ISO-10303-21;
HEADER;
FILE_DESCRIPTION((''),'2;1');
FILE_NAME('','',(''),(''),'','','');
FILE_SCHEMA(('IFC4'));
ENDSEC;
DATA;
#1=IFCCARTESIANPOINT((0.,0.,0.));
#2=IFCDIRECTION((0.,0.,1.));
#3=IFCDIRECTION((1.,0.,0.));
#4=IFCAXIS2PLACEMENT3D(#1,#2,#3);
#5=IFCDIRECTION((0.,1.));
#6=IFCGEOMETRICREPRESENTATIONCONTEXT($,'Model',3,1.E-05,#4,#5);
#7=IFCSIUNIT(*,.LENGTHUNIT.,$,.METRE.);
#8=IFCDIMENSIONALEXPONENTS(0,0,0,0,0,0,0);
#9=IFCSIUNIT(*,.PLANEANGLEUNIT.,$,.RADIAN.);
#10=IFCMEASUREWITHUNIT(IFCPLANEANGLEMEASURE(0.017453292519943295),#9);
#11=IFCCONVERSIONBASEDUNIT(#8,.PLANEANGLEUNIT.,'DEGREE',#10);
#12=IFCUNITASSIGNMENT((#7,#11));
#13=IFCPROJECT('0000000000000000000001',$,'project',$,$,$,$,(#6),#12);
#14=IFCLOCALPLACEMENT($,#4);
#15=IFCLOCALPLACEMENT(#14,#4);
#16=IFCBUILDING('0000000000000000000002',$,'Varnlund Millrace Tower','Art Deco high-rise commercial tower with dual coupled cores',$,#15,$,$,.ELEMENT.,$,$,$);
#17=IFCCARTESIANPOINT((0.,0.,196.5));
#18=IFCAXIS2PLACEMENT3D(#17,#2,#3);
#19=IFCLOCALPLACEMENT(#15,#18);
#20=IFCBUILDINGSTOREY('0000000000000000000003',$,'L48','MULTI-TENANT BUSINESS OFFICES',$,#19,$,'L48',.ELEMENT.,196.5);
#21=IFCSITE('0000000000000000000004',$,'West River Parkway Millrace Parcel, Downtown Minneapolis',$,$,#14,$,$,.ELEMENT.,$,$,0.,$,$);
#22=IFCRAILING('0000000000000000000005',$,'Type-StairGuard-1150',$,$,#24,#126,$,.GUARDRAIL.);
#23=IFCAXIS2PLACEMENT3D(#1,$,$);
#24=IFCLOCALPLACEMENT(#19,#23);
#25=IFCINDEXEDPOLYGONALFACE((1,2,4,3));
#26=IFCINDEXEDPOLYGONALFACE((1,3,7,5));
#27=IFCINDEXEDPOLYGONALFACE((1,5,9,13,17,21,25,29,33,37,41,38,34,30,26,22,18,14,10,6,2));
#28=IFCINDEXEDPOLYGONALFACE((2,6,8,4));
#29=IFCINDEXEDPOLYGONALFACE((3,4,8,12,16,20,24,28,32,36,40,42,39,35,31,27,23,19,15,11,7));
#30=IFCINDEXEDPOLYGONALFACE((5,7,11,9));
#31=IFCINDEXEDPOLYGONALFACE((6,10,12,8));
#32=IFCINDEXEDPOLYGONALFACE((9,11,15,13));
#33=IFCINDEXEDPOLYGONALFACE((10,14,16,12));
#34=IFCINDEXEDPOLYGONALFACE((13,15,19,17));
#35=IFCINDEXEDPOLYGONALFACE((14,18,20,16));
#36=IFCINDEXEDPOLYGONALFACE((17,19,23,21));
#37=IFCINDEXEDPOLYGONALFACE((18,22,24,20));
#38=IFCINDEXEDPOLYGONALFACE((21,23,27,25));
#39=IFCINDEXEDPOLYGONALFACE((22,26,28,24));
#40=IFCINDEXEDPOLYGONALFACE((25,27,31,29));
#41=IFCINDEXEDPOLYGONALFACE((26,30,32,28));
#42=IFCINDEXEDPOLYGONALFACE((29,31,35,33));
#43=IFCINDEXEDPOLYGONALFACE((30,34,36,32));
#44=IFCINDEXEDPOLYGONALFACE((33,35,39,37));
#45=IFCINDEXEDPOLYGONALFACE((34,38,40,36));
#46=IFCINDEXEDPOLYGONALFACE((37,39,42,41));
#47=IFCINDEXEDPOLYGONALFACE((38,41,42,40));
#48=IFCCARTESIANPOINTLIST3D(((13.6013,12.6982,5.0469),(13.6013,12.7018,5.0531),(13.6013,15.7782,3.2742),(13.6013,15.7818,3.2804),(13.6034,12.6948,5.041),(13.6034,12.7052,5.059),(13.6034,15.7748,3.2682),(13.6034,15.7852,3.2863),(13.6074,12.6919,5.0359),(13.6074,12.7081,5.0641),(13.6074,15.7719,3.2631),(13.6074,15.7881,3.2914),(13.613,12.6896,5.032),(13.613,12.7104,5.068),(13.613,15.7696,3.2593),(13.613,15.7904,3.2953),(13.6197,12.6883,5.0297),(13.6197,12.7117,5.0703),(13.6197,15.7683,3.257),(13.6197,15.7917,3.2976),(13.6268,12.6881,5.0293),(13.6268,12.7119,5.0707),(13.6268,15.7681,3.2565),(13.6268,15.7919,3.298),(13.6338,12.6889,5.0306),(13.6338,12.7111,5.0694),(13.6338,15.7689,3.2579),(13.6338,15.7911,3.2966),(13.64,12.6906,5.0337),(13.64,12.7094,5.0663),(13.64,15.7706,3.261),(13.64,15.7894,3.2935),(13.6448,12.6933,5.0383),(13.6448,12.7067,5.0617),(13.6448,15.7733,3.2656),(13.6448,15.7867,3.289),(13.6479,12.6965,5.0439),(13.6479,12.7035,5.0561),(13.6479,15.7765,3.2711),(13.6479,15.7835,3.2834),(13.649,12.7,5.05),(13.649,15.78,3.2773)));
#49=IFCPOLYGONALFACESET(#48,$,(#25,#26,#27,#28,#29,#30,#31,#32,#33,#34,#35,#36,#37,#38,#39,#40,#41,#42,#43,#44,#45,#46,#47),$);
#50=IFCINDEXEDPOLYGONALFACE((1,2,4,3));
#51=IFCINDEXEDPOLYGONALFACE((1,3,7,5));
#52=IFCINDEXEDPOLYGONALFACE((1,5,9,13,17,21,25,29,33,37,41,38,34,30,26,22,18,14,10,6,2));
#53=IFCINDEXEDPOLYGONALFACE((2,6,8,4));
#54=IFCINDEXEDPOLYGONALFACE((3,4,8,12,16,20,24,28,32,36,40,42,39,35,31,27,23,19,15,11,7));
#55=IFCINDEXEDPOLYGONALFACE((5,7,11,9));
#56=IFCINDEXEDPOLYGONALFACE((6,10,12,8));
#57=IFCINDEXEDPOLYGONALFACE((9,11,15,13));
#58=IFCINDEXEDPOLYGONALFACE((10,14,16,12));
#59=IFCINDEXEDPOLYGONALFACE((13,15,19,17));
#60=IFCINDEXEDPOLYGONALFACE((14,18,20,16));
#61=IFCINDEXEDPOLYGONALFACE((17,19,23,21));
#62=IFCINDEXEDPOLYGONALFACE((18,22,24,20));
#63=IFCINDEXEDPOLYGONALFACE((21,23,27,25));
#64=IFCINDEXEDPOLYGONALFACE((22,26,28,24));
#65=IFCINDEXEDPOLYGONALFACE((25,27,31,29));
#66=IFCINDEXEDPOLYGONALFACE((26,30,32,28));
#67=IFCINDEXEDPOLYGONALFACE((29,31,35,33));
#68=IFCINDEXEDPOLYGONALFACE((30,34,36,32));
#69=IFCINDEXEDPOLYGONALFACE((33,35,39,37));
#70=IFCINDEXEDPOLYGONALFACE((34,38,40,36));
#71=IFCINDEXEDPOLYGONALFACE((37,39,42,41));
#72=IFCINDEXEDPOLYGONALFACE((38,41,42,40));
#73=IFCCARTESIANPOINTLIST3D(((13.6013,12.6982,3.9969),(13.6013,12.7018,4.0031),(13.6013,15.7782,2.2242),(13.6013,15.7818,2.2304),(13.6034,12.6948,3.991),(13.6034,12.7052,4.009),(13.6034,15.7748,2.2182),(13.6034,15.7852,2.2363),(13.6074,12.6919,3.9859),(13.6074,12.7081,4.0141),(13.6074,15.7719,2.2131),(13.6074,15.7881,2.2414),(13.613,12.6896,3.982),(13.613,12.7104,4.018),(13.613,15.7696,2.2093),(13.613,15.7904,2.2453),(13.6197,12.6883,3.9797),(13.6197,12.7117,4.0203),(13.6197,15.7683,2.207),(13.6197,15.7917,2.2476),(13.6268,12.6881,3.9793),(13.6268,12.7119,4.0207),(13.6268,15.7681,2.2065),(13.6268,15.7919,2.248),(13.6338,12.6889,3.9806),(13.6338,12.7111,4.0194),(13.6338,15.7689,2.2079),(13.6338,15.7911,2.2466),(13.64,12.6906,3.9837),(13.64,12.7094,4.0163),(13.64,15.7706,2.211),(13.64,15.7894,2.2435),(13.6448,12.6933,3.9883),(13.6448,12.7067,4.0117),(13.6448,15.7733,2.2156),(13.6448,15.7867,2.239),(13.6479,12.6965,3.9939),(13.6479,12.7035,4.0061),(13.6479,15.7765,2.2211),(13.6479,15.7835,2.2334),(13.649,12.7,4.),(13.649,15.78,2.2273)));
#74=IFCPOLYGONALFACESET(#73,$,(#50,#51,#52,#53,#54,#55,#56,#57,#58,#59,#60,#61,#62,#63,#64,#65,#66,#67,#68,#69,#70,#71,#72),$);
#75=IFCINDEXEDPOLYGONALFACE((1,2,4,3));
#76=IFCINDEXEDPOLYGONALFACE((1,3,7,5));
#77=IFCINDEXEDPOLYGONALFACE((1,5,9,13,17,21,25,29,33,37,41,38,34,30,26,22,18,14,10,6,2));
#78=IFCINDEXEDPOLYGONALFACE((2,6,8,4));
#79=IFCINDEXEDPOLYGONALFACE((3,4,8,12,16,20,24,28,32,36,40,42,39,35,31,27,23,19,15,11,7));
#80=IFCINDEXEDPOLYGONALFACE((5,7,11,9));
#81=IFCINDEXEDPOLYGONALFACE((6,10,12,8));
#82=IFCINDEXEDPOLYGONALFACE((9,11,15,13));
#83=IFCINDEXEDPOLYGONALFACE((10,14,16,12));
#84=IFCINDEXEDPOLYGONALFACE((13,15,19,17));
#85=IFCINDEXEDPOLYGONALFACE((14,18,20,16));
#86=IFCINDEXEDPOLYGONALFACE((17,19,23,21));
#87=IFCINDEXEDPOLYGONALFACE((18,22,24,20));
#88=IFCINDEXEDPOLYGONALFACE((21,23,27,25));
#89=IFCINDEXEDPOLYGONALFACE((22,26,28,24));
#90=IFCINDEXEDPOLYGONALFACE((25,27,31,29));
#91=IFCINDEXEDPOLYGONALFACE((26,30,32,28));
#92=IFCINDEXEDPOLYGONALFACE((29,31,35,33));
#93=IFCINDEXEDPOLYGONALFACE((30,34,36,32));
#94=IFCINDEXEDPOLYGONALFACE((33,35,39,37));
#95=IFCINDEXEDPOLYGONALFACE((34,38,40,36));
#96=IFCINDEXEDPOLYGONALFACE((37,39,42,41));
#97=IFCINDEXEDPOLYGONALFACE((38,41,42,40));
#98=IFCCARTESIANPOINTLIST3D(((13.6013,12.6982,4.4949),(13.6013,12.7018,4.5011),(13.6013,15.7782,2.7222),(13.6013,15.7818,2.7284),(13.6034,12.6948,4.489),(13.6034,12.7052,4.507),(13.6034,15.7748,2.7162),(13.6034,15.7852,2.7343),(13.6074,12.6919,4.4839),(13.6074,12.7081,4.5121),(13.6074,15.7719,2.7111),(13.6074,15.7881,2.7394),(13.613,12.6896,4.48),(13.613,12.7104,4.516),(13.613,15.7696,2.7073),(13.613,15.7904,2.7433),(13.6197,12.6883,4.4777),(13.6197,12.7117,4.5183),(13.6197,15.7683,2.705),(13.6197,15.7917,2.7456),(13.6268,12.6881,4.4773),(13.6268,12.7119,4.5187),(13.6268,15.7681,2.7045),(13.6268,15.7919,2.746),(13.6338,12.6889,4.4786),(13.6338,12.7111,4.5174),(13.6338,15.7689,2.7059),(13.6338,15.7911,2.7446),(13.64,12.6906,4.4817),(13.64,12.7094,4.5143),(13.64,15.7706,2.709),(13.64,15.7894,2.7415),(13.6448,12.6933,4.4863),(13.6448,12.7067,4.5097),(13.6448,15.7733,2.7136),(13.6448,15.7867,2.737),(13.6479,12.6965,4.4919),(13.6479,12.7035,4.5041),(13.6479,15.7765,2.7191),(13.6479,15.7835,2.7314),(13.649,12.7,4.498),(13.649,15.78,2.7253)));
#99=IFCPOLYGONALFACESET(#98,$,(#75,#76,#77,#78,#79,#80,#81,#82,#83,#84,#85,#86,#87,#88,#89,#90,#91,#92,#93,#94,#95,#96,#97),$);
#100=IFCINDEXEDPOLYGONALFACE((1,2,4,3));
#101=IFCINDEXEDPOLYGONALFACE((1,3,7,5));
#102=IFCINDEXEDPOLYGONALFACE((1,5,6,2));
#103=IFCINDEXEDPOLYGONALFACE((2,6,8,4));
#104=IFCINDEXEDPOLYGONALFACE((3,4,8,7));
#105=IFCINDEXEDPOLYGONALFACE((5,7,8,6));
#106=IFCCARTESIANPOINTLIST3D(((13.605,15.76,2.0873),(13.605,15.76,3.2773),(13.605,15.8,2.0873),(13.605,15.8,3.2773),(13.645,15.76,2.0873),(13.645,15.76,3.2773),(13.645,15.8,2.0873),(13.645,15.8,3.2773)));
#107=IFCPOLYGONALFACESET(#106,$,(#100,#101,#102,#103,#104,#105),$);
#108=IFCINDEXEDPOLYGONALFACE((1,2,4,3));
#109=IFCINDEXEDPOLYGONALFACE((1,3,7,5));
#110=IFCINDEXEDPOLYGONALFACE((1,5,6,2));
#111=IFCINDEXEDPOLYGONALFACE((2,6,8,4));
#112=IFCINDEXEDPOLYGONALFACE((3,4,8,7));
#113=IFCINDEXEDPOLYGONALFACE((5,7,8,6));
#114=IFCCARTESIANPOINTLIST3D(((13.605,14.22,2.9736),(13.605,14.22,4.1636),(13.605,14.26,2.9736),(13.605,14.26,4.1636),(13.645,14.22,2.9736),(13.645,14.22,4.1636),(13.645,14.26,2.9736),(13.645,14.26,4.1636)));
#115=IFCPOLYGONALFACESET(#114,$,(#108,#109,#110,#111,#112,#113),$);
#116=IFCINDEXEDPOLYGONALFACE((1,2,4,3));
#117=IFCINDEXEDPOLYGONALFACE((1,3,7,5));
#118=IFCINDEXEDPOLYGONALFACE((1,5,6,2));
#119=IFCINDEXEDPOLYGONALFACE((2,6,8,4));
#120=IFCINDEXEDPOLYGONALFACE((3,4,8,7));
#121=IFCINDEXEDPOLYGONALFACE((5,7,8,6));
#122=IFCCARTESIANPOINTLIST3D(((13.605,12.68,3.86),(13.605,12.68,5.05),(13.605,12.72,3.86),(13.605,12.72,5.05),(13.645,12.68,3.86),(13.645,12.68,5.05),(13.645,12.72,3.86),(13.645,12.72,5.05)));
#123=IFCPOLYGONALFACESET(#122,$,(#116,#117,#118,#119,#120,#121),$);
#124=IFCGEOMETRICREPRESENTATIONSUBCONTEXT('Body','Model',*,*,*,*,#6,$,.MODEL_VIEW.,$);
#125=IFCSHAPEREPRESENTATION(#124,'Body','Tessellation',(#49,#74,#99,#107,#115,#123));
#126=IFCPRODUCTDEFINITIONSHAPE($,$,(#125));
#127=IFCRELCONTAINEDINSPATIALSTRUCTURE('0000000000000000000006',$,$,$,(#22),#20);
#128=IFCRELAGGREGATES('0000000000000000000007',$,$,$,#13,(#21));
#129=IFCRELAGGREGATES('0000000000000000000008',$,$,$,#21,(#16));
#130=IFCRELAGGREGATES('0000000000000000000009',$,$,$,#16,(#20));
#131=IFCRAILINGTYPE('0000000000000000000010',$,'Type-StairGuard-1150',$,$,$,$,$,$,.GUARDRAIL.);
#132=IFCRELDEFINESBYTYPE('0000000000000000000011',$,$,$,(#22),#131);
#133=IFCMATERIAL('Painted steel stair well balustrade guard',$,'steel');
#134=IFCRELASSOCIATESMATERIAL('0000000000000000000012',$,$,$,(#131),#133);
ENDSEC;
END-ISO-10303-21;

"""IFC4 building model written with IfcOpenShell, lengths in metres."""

from ifc_helpers import new_model, entity, si_unit, converted_unit, direction, frame, origin_with_axes, origin_2d_with_axis, place, context, subcontext, project, spatial, rectangle, circle, extrude, material, type_object, element, save


model = new_model("IFC4")

# Units and contexts
model_context = context("Model", 3, precision=1e-05, world=origin_with_axes(), true_north=direction((0.0, 1.0)))
body_context = subcontext(model_context, "Body", "Model", "MODEL_VIEW")
ifc_project = project(units=[si_unit("LENGTHUNIT", "METRE"), converted_unit("PLANEANGLEUNIT", "DEGREE", entity("IfcPlaneAngleMeasure", 0.017453292519943295), si_unit("PLANEANGLEUNIT", "RADIAN"), dimensions=[0, 0, 0, 0, 0, 0, 0])], contexts=[model_context])

# Site, building, storey
site_placement = place(None, origin_with_axes())
site = spatial("IfcSite", under=ifc_project, at=site_placement, Name="West River Parkway Millrace Parcel, Downtown Minneapolis", CompositionType="ELEMENT", RefElevation=0.0)
building_placement = place(site_placement, origin_with_axes())
building = spatial("IfcBuilding", under=site, at=building_placement, Name="Varnlund Millrace Tower", Description="Art Deco high-rise commercial tower with dual coupled cores", CompositionType="ELEMENT")
storey_placement = place(building_placement, frame((0.0, 0.0, 196.5), z_axis=(0.0, 0.0, 1.0), x_axis=(1.0, 0.0, 0.0)))
storey = spatial("IfcBuildingStorey", under=building, at=storey_placement, Name="L48", Description="MULTI-TENANT BUSINESS OFFICES", LongName="L48", CompositionType="ELEMENT", Elevation=196.5)

# Railing
ifc_material_1 = material(Name="Painted steel stair well balustrade guard", Category="steel")
railing_type_1 = type_object("IfcRailingType", Name="Type-StairGuard-1150", PredefinedType="GUARDRAIL", material=ifc_material_1)
railing_1_placement = place(storey_placement, frame((0.0, 0.0, -196.5), z_axis=(0.0, 0.0, 1.0), x_axis=(1.0, 0.0, 0.0)))
element("IfcRailing", 1, at=railing_1_placement, inside=storey, type_object=railing_type_1, Name="Type-StairGuard-1150", PredefinedType="GUARDRAIL", context=body_context, shape_type="SweptSolid", body=[
    extrude(circle(Radius=0.024, at=origin_2d_with_axis()), frame((13.625, 15.78, 199.7773), z_axis=(0.0, -0.866696, 0.498836), x_axis=(1.0, 0.0, 0.0)), (0.0, 0.0, 1.0), 3.5537),
    extrude(circle(Radius=0.024, at=origin_2d_with_axis()), frame((13.625, 15.78, 198.7273), z_axis=(0.0, -0.866696, 0.498836), x_axis=(1.0, 0.0, 0.0)), (0.0, 0.0, 1.0), 3.5537),
    extrude(circle(Radius=0.024, at=origin_2d_with_axis()), frame((13.625, 15.78, 199.2253), z_axis=(0.0, -0.866696, 0.498836), x_axis=(1.0, 0.0, 0.0)), (0.0, 0.0, 1.0), 3.5537),
    extrude(rectangle(XDim=0.04, YDim=0.04, at=origin_2d_with_axis()), frame((13.625, 15.78, 198.5873), z_axis=(0.0, 0.0, 1.0), x_axis=(1.0, 0.0, 0.0)), (0.0, 0.0, 1.0), 1.19),
    extrude(rectangle(XDim=0.04, YDim=0.04, at=origin_2d_with_axis()), frame((13.625, 14.24, 199.4736), z_axis=(0.0, 0.0, 1.0), x_axis=(1.0, 0.0, 0.0)), (0.0, 0.0, 1.0), 1.19),
    extrude(rectangle(XDim=0.04, YDim=0.04, at=origin_2d_with_axis()), frame((13.625, 12.7, 200.36), z_axis=(0.0, 0.0, 1.0), x_axis=(1.0, 0.0, 0.0)), (0.0, 0.0, 1.0), 1.19),
])

save(model, "model.ifc")
